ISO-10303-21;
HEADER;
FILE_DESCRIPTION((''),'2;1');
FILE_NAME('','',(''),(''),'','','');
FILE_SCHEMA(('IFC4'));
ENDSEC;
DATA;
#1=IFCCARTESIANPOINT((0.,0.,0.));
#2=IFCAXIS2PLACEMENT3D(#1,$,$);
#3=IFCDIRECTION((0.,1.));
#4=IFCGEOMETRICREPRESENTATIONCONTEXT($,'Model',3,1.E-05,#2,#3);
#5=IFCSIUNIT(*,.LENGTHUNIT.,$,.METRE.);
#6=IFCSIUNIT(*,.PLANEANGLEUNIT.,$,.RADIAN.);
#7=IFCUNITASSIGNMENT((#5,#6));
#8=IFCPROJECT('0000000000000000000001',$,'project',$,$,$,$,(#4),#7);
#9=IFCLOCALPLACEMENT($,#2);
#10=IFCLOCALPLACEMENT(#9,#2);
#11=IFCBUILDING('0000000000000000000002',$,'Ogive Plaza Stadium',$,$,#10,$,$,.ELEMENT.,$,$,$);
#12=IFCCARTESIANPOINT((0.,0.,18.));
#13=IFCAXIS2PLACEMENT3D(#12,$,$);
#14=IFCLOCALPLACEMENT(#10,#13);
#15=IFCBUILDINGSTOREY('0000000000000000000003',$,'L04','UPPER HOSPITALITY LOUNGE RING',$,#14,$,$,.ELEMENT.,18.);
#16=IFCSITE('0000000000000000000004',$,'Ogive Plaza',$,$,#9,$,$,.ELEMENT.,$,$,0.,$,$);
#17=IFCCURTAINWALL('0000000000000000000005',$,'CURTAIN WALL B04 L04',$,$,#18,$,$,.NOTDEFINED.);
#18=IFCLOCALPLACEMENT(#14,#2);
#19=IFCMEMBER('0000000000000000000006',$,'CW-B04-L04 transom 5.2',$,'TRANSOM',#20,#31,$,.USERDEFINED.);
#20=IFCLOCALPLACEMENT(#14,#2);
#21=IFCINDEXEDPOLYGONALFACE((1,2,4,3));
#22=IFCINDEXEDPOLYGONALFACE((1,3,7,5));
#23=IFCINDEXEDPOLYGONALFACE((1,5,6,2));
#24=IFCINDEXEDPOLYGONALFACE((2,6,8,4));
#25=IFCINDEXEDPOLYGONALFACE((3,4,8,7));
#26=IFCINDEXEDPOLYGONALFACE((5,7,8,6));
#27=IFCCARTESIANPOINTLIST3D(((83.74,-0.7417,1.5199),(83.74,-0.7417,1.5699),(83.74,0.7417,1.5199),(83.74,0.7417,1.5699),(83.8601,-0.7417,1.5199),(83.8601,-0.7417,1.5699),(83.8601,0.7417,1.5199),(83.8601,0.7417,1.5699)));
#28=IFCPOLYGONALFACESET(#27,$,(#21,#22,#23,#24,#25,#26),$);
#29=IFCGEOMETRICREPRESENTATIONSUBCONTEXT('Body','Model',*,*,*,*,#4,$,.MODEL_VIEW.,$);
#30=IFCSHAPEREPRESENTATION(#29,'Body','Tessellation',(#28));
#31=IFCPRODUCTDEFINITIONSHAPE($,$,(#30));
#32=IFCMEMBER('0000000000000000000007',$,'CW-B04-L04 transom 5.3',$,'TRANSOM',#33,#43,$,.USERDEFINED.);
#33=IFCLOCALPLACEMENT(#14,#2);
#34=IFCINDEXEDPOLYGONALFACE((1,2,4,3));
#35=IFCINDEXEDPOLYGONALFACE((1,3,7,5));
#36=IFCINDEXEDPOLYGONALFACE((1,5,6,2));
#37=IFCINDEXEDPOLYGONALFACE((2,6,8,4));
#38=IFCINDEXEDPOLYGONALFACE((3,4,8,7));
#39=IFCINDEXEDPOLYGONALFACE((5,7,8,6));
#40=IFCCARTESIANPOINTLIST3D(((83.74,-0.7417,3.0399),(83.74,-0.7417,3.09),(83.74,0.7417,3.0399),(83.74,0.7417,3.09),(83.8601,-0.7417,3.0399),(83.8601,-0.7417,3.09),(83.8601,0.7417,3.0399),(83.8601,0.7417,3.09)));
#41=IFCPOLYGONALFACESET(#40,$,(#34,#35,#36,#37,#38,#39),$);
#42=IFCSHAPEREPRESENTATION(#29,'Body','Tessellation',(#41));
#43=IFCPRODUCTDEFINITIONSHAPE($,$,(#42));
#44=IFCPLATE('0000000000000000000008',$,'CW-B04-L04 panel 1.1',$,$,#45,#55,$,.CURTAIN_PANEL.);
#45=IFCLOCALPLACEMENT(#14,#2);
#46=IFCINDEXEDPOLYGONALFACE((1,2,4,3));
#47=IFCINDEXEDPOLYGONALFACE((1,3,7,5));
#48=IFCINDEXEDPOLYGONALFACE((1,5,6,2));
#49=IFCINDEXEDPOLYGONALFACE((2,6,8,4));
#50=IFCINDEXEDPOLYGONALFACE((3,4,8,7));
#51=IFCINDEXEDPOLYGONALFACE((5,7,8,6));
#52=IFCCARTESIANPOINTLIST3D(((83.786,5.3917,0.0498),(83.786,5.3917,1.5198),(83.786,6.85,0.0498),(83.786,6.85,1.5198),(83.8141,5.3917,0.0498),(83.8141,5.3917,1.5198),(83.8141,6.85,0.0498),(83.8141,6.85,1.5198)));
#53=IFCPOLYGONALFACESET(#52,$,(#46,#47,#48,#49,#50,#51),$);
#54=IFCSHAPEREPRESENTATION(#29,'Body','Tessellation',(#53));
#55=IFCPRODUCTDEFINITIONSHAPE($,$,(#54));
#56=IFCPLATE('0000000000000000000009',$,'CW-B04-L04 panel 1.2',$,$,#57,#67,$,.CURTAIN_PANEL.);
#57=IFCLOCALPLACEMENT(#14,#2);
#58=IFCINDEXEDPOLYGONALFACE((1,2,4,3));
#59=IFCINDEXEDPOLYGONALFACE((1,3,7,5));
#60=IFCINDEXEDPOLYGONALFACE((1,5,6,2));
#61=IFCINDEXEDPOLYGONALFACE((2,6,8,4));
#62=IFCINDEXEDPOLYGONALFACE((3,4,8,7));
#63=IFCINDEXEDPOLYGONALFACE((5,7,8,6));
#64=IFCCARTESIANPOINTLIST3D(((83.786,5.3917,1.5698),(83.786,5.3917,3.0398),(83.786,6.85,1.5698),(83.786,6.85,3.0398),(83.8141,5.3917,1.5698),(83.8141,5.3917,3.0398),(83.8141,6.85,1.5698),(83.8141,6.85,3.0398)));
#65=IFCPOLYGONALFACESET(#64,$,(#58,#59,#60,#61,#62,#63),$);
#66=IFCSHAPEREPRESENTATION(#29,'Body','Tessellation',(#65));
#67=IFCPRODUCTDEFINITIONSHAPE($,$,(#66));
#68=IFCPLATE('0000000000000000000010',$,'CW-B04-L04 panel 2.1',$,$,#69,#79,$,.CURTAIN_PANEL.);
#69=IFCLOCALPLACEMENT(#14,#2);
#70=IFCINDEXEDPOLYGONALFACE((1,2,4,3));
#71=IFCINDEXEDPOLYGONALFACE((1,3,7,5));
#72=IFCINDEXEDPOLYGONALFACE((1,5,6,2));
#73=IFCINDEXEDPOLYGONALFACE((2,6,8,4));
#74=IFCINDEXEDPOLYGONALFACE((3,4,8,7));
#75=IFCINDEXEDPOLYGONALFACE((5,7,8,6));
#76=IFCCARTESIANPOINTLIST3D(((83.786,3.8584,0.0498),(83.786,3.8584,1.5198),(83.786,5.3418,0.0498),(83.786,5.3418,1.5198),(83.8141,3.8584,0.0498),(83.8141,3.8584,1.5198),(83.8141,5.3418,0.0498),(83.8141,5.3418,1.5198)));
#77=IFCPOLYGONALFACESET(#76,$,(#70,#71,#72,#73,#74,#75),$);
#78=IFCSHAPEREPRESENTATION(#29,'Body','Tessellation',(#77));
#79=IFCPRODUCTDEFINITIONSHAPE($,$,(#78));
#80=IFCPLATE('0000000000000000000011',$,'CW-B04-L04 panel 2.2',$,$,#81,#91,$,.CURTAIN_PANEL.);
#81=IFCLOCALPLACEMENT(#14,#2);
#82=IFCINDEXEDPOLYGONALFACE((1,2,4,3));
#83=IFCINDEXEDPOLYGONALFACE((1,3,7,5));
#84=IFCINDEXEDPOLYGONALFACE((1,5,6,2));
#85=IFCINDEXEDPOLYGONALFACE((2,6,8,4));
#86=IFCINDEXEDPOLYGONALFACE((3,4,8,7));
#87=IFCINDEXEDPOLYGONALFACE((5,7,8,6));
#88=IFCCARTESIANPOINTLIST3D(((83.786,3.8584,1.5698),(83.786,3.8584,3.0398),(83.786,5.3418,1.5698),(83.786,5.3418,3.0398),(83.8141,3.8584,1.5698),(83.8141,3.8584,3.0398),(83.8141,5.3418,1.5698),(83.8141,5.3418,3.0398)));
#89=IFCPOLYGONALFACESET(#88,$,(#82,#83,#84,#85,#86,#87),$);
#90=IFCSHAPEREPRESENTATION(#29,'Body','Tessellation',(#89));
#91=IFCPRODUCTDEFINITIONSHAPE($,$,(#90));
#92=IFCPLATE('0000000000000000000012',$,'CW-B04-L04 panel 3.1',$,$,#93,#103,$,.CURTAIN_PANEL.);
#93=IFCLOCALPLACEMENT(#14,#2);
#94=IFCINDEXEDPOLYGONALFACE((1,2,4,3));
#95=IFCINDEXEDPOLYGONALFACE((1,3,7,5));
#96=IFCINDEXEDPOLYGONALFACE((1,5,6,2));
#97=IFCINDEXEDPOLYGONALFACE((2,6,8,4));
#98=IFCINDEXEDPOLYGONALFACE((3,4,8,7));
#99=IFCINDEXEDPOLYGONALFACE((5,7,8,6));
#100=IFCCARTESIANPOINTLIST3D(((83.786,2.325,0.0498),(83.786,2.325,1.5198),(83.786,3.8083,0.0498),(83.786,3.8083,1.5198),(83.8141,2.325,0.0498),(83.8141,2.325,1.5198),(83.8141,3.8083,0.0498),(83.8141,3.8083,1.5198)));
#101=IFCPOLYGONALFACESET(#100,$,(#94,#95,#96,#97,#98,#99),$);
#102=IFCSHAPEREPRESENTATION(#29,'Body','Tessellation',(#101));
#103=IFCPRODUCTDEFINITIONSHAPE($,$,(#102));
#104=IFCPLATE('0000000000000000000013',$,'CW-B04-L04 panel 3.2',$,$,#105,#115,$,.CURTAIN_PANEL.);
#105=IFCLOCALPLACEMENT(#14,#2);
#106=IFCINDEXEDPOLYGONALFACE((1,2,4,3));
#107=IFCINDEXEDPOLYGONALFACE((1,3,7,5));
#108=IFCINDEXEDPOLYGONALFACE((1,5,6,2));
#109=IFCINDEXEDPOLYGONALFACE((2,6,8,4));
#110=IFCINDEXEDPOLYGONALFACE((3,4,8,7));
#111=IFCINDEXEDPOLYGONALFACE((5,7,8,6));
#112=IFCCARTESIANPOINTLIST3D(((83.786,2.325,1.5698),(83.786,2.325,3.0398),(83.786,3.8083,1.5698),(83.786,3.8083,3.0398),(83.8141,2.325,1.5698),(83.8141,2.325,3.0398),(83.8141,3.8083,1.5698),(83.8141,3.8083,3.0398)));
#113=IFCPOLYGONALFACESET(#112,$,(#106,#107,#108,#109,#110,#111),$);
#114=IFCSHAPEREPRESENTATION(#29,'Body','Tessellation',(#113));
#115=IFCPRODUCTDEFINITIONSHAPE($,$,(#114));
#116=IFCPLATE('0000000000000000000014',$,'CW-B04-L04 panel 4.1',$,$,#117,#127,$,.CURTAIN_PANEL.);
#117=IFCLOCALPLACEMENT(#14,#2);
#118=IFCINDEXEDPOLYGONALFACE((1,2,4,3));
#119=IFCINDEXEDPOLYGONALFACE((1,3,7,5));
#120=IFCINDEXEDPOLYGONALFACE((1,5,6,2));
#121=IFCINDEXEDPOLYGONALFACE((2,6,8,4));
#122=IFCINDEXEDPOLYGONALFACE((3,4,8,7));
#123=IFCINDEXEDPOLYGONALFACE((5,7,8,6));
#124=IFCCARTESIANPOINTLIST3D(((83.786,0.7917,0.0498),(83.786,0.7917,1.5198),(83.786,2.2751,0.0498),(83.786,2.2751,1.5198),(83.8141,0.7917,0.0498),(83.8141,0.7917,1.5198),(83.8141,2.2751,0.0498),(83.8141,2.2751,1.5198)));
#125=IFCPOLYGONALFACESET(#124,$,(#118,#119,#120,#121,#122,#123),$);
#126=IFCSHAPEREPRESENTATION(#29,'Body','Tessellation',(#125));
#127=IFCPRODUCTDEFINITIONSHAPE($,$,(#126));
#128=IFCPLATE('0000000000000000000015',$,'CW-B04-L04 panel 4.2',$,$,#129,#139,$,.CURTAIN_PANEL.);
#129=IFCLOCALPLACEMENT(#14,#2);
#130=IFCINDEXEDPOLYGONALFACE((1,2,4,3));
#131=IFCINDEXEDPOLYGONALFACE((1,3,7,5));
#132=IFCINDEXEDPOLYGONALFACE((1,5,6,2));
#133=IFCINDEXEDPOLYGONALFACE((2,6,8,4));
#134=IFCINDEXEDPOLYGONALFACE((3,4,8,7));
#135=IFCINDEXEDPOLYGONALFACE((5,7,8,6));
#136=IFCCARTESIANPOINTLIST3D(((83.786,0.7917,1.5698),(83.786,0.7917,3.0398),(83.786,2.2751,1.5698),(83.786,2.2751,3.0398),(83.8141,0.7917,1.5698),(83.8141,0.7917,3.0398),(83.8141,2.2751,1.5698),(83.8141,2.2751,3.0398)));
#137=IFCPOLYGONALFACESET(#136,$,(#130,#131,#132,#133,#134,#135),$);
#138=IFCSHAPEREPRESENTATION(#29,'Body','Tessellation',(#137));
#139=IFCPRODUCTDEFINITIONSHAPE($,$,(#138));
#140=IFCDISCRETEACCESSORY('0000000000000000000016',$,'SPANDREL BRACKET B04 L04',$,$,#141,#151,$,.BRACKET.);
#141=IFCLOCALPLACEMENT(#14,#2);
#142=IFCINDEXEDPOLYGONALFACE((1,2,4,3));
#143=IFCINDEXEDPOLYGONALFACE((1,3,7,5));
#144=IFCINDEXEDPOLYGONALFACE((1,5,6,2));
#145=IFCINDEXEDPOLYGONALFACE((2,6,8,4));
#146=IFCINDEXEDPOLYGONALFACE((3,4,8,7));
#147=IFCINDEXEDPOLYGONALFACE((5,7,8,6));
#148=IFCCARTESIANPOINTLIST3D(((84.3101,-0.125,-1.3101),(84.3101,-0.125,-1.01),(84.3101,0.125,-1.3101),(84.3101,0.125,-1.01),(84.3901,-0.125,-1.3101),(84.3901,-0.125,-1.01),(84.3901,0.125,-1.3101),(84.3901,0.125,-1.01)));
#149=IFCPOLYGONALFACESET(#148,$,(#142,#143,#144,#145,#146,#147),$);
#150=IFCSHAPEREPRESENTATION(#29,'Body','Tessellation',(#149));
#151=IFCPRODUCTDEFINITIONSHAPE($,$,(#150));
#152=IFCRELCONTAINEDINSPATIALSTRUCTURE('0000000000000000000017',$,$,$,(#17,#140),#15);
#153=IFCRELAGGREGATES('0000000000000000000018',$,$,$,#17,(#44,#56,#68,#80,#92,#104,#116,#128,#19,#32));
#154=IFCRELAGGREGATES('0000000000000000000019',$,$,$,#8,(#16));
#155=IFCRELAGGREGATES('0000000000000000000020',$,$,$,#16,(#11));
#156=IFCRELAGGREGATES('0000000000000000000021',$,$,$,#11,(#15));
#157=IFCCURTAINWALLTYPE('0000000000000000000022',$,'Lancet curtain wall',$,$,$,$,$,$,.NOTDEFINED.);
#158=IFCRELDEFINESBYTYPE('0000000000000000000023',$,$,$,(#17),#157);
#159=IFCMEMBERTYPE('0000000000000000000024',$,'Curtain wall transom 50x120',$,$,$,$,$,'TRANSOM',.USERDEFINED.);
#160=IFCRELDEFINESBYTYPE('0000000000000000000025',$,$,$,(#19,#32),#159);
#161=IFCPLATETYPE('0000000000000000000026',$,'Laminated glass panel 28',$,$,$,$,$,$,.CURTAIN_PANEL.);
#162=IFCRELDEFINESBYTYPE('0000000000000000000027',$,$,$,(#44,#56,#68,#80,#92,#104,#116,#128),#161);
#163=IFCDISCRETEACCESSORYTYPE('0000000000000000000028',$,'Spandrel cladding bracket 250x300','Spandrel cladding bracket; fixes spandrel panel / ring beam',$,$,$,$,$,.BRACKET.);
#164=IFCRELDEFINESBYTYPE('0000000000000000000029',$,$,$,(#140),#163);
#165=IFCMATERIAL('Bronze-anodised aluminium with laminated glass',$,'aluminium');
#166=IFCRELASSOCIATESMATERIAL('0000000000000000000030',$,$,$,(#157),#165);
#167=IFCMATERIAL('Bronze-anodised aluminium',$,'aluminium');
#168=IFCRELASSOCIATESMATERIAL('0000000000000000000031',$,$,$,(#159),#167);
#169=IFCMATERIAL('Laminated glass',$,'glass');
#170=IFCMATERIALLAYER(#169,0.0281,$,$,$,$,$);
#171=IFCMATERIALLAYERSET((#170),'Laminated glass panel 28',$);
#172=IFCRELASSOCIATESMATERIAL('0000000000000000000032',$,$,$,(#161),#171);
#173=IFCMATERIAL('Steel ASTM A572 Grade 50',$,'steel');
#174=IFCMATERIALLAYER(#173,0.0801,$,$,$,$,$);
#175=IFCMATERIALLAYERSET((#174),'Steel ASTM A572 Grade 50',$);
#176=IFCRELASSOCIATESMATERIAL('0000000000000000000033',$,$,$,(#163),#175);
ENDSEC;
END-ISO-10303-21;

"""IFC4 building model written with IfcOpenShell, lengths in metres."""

from ifc_helpers import new_model, si_unit, direction, frame, origin, origin_2d, place, context, subcontext, project, spatial, rectangle, extrude, material, layer, layer_set, material_profile, profile_set, type_object, element, aggregate, save


model = new_model("IFC4")

# Units and contexts
model_context = context("Model", 3, precision=1e-05, world=origin(), true_north=direction((0.0, 1.0)))
body_context = subcontext(model_context, "Body", "Model", "MODEL_VIEW")
ifc_project = project(units=[si_unit("LENGTHUNIT", "METRE"), si_unit("PLANEANGLEUNIT", "RADIAN")], contexts=[model_context])

# Site, building, storey
site_placement = place(None, origin())
site = spatial("IfcSite", under=ifc_project, at=site_placement, Name="Ogive Plaza", CompositionType="ELEMENT", RefElevation=0.0)
building_placement = place(site_placement, origin())
building = spatial("IfcBuilding", under=site, at=building_placement, Name="Ogive Plaza Stadium", CompositionType="ELEMENT")
storey_placement = place(building_placement, frame((0.0, 0.0, 18.0)))
storey = spatial("IfcBuildingStorey", under=building, at=storey_placement, Name="L04", Description="UPPER HOSPITALITY LOUNGE RING", CompositionType="ELEMENT", Elevation=18.0)

# Curtain wall, members, plates
ifc_material_1 = material(Name="Bronze-anodised aluminium with laminated glass", Category="aluminium")
curtain_wall_type = type_object("IfcCurtainWallType", Name="Lancet curtain wall", PredefinedType="NOTDEFINED", material=ifc_material_1)
curtain_wall_placement = place(storey_placement, origin())
curtain_wall = element("IfcCurtainWall", 1, at=curtain_wall_placement, inside=storey, type_object=curtain_wall_type, Name="CURTAIN WALL B04 L04", PredefinedType="NOTDEFINED")
ifc_material_2 = material(Name="Bronze-anodised aluminium", Category="aluminium")
ifc_material_profile_1 = material_profile(ifc_material_2, rectangle(XDim=0.1201, YDim=0.05, at=origin_2d()), Name="AL 120x50")
ifc_profile_set_1 = profile_set([ifc_material_profile_1], Name="Bronze-anodised aluminium")
member_type_1 = type_object("IfcMemberType", Name="Curtain wall transom 50x120", ElementType="TRANSOM", PredefinedType="USERDEFINED", material=ifc_profile_set_1)
member_1_placement = place(storey_placement, frame((83.8, 0.7417, 1.5449), z_axis=(0.0, -1.0, 0.0), x_axis=(1.0, 0.0, 0.0)))
member_1 = element("IfcMember", 2, at=member_1_placement, type_object=member_type_1, Name="CW-B04-L04 transom 5.2", ObjectType="TRANSOM", PredefinedType="USERDEFINED", context=body_context, shape_type="SweptSolid", body=[
    extrude(rectangle(XDim=0.1201, YDim=0.05, at=origin_2d()), origin(), (0.0, 0.0, 1.0), 1.4834),
])
member_2_placement = place(storey_placement, frame((83.8, 0.7417, 3.0649), z_axis=(0.0, -1.0, 0.0), x_axis=(1.0, 0.0, 0.0)))
member_2 = element("IfcMember", 3, at=member_2_placement, type_object=member_type_1, Name="CW-B04-L04 transom 5.3", ObjectType="TRANSOM", PredefinedType="USERDEFINED", context=body_context, shape_type="SweptSolid", body=[
    extrude(rectangle(XDim=0.1201, YDim=0.05, at=origin_2d()), origin(), (0.0, 0.0, 1.0), 1.4834),
])
ifc_material_3 = material(Name="Laminated glass", Category="glass")
ifc_layer_1 = layer(ifc_material_3, 0.0281)
ifc_layer_set_1 = layer_set([ifc_layer_1], Name="Laminated glass panel 28")
plate_type = type_object("IfcPlateType", Name="Laminated glass panel 28", PredefinedType="CURTAIN_PANEL", material=ifc_layer_set_1)
plate_1_placement = place(storey_placement, frame((83.8, 6.1208, 0.0498), z_axis=(0.0, 0.0, 1.0), x_axis=(0.0, -1.0, 0.0)))
plate_1 = element("IfcPlate", 4, at=plate_1_placement, type_object=plate_type, Name="CW-B04-L04 panel 1.1", PredefinedType="CURTAIN_PANEL", context=body_context, shape_type="SweptSolid", body=[
    extrude(rectangle(XDim=1.4583, YDim=0.0281, at=origin_2d()), origin(), (0.0, 0.0, 1.0), 1.47),
])
plate_2_placement = place(storey_placement, frame((83.8, 6.1208, 1.5698), z_axis=(0.0, 0.0, 1.0), x_axis=(0.0, -1.0, 0.0)))
plate_2 = element("IfcPlate", 5, at=plate_2_placement, type_object=plate_type, Name="CW-B04-L04 panel 1.2", PredefinedType="CURTAIN_PANEL", context=body_context, shape_type="SweptSolid", body=[
    extrude(rectangle(XDim=1.4583, YDim=0.0281, at=origin_2d()), origin(), (0.0, 0.0, 1.0), 1.47),
])
plate_3_placement = place(storey_placement, frame((83.8, 4.6001, 0.0498), z_axis=(0.0, 0.0, 1.0), x_axis=(0.0, -1.0, 0.0)))
plate_3 = element("IfcPlate", 6, at=plate_3_placement, type_object=plate_type, Name="CW-B04-L04 panel 2.1", PredefinedType="CURTAIN_PANEL", context=body_context, shape_type="SweptSolid", body=[
    extrude(rectangle(XDim=1.4834, YDim=0.0281, at=origin_2d()), origin(), (0.0, 0.0, 1.0), 1.47),
])
plate_4_placement = place(storey_placement, frame((83.8, 4.6001, 1.5698), z_axis=(0.0, 0.0, 1.0), x_axis=(0.0, -1.0, 0.0)))
plate_4 = element("IfcPlate", 7, at=plate_4_placement, type_object=plate_type, Name="CW-B04-L04 panel 2.2", PredefinedType="CURTAIN_PANEL", context=body_context, shape_type="SweptSolid", body=[
    extrude(rectangle(XDim=1.4834, YDim=0.0281, at=origin_2d()), origin(), (0.0, 0.0, 1.0), 1.47),
])
plate_5_placement = place(storey_placement, frame((83.8, 3.0667, 0.0498), z_axis=(0.0, 0.0, 1.0), x_axis=(0.0, -1.0, 0.0)))
plate_5 = element("IfcPlate", 8, at=plate_5_placement, type_object=plate_type, Name="CW-B04-L04 panel 3.1", PredefinedType="CURTAIN_PANEL", context=body_context, shape_type="SweptSolid", body=[
    extrude(rectangle(XDim=1.4834, YDim=0.0281, at=origin_2d()), origin(), (0.0, 0.0, 1.0), 1.47),
])
plate_6_placement = place(storey_placement, frame((83.8, 3.0667, 1.5698), z_axis=(0.0, 0.0, 1.0), x_axis=(0.0, -1.0, 0.0)))
plate_6 = element("IfcPlate", 9, at=plate_6_placement, type_object=plate_type, Name="CW-B04-L04 panel 3.2", PredefinedType="CURTAIN_PANEL", context=body_context, shape_type="SweptSolid", body=[
    extrude(rectangle(XDim=1.4834, YDim=0.0281, at=origin_2d()), origin(), (0.0, 0.0, 1.0), 1.47),
])
plate_7_placement = place(storey_placement, frame((83.8, 1.5334, 0.0498), z_axis=(0.0, 0.0, 1.0), x_axis=(0.0, -1.0, 0.0)))
plate_7 = element("IfcPlate", 10, at=plate_7_placement, type_object=plate_type, Name="CW-B04-L04 panel 4.1", PredefinedType="CURTAIN_PANEL", context=body_context, shape_type="SweptSolid", body=[
    extrude(rectangle(XDim=1.4834, YDim=0.0281, at=origin_2d()), origin(), (0.0, 0.0, 1.0), 1.47),
])
plate_8_placement = place(storey_placement, frame((83.8, 1.5334, 1.5698), z_axis=(0.0, 0.0, 1.0), x_axis=(0.0, -1.0, 0.0)))
plate_8 = element("IfcPlate", 11, at=plate_8_placement, type_object=plate_type, Name="CW-B04-L04 panel 4.2", PredefinedType="CURTAIN_PANEL", context=body_context, shape_type="SweptSolid", body=[
    extrude(rectangle(XDim=1.4834, YDim=0.0281, at=origin_2d()), origin(), (0.0, 0.0, 1.0), 1.47),
])
aggregate(curtain_wall, [plate_1, plate_2, plate_3, plate_4, plate_5, plate_6, plate_7, plate_8, member_1, member_2])

# Discrete accessory
ifc_material_4 = material(Name="Steel ASTM A572 Grade 50", Category="steel")
ifc_layer_2 = layer(ifc_material_4, 0.0801)
ifc_layer_set_2 = layer_set([ifc_layer_2], Name="Steel ASTM A572 Grade 50")
discrete_accessory_type = type_object("IfcDiscreteAccessoryType", Name="Spandrel cladding bracket 250x300", Description="Spandrel cladding bracket; fixes spandrel panel / ring beam", PredefinedType="BRACKET", material=ifc_layer_set_2)
discrete_accessory_placement = place(storey_placement, frame((84.3501, 0.0, -1.3101), z_axis=(0.0, 0.0, 1.0), x_axis=(0.0, -1.0, 0.0)))
element("IfcDiscreteAccessory", 12, at=discrete_accessory_placement, inside=storey, type_object=discrete_accessory_type, Name="SPANDREL BRACKET B04 L04", PredefinedType="BRACKET", context=body_context, shape_type="SweptSolid", body=[
    extrude(rectangle(XDim=0.25, YDim=0.0801, at=origin_2d()), origin(), (0.0, 0.0, 1.0), 0.3),
])

save(model, "model.ifc")
